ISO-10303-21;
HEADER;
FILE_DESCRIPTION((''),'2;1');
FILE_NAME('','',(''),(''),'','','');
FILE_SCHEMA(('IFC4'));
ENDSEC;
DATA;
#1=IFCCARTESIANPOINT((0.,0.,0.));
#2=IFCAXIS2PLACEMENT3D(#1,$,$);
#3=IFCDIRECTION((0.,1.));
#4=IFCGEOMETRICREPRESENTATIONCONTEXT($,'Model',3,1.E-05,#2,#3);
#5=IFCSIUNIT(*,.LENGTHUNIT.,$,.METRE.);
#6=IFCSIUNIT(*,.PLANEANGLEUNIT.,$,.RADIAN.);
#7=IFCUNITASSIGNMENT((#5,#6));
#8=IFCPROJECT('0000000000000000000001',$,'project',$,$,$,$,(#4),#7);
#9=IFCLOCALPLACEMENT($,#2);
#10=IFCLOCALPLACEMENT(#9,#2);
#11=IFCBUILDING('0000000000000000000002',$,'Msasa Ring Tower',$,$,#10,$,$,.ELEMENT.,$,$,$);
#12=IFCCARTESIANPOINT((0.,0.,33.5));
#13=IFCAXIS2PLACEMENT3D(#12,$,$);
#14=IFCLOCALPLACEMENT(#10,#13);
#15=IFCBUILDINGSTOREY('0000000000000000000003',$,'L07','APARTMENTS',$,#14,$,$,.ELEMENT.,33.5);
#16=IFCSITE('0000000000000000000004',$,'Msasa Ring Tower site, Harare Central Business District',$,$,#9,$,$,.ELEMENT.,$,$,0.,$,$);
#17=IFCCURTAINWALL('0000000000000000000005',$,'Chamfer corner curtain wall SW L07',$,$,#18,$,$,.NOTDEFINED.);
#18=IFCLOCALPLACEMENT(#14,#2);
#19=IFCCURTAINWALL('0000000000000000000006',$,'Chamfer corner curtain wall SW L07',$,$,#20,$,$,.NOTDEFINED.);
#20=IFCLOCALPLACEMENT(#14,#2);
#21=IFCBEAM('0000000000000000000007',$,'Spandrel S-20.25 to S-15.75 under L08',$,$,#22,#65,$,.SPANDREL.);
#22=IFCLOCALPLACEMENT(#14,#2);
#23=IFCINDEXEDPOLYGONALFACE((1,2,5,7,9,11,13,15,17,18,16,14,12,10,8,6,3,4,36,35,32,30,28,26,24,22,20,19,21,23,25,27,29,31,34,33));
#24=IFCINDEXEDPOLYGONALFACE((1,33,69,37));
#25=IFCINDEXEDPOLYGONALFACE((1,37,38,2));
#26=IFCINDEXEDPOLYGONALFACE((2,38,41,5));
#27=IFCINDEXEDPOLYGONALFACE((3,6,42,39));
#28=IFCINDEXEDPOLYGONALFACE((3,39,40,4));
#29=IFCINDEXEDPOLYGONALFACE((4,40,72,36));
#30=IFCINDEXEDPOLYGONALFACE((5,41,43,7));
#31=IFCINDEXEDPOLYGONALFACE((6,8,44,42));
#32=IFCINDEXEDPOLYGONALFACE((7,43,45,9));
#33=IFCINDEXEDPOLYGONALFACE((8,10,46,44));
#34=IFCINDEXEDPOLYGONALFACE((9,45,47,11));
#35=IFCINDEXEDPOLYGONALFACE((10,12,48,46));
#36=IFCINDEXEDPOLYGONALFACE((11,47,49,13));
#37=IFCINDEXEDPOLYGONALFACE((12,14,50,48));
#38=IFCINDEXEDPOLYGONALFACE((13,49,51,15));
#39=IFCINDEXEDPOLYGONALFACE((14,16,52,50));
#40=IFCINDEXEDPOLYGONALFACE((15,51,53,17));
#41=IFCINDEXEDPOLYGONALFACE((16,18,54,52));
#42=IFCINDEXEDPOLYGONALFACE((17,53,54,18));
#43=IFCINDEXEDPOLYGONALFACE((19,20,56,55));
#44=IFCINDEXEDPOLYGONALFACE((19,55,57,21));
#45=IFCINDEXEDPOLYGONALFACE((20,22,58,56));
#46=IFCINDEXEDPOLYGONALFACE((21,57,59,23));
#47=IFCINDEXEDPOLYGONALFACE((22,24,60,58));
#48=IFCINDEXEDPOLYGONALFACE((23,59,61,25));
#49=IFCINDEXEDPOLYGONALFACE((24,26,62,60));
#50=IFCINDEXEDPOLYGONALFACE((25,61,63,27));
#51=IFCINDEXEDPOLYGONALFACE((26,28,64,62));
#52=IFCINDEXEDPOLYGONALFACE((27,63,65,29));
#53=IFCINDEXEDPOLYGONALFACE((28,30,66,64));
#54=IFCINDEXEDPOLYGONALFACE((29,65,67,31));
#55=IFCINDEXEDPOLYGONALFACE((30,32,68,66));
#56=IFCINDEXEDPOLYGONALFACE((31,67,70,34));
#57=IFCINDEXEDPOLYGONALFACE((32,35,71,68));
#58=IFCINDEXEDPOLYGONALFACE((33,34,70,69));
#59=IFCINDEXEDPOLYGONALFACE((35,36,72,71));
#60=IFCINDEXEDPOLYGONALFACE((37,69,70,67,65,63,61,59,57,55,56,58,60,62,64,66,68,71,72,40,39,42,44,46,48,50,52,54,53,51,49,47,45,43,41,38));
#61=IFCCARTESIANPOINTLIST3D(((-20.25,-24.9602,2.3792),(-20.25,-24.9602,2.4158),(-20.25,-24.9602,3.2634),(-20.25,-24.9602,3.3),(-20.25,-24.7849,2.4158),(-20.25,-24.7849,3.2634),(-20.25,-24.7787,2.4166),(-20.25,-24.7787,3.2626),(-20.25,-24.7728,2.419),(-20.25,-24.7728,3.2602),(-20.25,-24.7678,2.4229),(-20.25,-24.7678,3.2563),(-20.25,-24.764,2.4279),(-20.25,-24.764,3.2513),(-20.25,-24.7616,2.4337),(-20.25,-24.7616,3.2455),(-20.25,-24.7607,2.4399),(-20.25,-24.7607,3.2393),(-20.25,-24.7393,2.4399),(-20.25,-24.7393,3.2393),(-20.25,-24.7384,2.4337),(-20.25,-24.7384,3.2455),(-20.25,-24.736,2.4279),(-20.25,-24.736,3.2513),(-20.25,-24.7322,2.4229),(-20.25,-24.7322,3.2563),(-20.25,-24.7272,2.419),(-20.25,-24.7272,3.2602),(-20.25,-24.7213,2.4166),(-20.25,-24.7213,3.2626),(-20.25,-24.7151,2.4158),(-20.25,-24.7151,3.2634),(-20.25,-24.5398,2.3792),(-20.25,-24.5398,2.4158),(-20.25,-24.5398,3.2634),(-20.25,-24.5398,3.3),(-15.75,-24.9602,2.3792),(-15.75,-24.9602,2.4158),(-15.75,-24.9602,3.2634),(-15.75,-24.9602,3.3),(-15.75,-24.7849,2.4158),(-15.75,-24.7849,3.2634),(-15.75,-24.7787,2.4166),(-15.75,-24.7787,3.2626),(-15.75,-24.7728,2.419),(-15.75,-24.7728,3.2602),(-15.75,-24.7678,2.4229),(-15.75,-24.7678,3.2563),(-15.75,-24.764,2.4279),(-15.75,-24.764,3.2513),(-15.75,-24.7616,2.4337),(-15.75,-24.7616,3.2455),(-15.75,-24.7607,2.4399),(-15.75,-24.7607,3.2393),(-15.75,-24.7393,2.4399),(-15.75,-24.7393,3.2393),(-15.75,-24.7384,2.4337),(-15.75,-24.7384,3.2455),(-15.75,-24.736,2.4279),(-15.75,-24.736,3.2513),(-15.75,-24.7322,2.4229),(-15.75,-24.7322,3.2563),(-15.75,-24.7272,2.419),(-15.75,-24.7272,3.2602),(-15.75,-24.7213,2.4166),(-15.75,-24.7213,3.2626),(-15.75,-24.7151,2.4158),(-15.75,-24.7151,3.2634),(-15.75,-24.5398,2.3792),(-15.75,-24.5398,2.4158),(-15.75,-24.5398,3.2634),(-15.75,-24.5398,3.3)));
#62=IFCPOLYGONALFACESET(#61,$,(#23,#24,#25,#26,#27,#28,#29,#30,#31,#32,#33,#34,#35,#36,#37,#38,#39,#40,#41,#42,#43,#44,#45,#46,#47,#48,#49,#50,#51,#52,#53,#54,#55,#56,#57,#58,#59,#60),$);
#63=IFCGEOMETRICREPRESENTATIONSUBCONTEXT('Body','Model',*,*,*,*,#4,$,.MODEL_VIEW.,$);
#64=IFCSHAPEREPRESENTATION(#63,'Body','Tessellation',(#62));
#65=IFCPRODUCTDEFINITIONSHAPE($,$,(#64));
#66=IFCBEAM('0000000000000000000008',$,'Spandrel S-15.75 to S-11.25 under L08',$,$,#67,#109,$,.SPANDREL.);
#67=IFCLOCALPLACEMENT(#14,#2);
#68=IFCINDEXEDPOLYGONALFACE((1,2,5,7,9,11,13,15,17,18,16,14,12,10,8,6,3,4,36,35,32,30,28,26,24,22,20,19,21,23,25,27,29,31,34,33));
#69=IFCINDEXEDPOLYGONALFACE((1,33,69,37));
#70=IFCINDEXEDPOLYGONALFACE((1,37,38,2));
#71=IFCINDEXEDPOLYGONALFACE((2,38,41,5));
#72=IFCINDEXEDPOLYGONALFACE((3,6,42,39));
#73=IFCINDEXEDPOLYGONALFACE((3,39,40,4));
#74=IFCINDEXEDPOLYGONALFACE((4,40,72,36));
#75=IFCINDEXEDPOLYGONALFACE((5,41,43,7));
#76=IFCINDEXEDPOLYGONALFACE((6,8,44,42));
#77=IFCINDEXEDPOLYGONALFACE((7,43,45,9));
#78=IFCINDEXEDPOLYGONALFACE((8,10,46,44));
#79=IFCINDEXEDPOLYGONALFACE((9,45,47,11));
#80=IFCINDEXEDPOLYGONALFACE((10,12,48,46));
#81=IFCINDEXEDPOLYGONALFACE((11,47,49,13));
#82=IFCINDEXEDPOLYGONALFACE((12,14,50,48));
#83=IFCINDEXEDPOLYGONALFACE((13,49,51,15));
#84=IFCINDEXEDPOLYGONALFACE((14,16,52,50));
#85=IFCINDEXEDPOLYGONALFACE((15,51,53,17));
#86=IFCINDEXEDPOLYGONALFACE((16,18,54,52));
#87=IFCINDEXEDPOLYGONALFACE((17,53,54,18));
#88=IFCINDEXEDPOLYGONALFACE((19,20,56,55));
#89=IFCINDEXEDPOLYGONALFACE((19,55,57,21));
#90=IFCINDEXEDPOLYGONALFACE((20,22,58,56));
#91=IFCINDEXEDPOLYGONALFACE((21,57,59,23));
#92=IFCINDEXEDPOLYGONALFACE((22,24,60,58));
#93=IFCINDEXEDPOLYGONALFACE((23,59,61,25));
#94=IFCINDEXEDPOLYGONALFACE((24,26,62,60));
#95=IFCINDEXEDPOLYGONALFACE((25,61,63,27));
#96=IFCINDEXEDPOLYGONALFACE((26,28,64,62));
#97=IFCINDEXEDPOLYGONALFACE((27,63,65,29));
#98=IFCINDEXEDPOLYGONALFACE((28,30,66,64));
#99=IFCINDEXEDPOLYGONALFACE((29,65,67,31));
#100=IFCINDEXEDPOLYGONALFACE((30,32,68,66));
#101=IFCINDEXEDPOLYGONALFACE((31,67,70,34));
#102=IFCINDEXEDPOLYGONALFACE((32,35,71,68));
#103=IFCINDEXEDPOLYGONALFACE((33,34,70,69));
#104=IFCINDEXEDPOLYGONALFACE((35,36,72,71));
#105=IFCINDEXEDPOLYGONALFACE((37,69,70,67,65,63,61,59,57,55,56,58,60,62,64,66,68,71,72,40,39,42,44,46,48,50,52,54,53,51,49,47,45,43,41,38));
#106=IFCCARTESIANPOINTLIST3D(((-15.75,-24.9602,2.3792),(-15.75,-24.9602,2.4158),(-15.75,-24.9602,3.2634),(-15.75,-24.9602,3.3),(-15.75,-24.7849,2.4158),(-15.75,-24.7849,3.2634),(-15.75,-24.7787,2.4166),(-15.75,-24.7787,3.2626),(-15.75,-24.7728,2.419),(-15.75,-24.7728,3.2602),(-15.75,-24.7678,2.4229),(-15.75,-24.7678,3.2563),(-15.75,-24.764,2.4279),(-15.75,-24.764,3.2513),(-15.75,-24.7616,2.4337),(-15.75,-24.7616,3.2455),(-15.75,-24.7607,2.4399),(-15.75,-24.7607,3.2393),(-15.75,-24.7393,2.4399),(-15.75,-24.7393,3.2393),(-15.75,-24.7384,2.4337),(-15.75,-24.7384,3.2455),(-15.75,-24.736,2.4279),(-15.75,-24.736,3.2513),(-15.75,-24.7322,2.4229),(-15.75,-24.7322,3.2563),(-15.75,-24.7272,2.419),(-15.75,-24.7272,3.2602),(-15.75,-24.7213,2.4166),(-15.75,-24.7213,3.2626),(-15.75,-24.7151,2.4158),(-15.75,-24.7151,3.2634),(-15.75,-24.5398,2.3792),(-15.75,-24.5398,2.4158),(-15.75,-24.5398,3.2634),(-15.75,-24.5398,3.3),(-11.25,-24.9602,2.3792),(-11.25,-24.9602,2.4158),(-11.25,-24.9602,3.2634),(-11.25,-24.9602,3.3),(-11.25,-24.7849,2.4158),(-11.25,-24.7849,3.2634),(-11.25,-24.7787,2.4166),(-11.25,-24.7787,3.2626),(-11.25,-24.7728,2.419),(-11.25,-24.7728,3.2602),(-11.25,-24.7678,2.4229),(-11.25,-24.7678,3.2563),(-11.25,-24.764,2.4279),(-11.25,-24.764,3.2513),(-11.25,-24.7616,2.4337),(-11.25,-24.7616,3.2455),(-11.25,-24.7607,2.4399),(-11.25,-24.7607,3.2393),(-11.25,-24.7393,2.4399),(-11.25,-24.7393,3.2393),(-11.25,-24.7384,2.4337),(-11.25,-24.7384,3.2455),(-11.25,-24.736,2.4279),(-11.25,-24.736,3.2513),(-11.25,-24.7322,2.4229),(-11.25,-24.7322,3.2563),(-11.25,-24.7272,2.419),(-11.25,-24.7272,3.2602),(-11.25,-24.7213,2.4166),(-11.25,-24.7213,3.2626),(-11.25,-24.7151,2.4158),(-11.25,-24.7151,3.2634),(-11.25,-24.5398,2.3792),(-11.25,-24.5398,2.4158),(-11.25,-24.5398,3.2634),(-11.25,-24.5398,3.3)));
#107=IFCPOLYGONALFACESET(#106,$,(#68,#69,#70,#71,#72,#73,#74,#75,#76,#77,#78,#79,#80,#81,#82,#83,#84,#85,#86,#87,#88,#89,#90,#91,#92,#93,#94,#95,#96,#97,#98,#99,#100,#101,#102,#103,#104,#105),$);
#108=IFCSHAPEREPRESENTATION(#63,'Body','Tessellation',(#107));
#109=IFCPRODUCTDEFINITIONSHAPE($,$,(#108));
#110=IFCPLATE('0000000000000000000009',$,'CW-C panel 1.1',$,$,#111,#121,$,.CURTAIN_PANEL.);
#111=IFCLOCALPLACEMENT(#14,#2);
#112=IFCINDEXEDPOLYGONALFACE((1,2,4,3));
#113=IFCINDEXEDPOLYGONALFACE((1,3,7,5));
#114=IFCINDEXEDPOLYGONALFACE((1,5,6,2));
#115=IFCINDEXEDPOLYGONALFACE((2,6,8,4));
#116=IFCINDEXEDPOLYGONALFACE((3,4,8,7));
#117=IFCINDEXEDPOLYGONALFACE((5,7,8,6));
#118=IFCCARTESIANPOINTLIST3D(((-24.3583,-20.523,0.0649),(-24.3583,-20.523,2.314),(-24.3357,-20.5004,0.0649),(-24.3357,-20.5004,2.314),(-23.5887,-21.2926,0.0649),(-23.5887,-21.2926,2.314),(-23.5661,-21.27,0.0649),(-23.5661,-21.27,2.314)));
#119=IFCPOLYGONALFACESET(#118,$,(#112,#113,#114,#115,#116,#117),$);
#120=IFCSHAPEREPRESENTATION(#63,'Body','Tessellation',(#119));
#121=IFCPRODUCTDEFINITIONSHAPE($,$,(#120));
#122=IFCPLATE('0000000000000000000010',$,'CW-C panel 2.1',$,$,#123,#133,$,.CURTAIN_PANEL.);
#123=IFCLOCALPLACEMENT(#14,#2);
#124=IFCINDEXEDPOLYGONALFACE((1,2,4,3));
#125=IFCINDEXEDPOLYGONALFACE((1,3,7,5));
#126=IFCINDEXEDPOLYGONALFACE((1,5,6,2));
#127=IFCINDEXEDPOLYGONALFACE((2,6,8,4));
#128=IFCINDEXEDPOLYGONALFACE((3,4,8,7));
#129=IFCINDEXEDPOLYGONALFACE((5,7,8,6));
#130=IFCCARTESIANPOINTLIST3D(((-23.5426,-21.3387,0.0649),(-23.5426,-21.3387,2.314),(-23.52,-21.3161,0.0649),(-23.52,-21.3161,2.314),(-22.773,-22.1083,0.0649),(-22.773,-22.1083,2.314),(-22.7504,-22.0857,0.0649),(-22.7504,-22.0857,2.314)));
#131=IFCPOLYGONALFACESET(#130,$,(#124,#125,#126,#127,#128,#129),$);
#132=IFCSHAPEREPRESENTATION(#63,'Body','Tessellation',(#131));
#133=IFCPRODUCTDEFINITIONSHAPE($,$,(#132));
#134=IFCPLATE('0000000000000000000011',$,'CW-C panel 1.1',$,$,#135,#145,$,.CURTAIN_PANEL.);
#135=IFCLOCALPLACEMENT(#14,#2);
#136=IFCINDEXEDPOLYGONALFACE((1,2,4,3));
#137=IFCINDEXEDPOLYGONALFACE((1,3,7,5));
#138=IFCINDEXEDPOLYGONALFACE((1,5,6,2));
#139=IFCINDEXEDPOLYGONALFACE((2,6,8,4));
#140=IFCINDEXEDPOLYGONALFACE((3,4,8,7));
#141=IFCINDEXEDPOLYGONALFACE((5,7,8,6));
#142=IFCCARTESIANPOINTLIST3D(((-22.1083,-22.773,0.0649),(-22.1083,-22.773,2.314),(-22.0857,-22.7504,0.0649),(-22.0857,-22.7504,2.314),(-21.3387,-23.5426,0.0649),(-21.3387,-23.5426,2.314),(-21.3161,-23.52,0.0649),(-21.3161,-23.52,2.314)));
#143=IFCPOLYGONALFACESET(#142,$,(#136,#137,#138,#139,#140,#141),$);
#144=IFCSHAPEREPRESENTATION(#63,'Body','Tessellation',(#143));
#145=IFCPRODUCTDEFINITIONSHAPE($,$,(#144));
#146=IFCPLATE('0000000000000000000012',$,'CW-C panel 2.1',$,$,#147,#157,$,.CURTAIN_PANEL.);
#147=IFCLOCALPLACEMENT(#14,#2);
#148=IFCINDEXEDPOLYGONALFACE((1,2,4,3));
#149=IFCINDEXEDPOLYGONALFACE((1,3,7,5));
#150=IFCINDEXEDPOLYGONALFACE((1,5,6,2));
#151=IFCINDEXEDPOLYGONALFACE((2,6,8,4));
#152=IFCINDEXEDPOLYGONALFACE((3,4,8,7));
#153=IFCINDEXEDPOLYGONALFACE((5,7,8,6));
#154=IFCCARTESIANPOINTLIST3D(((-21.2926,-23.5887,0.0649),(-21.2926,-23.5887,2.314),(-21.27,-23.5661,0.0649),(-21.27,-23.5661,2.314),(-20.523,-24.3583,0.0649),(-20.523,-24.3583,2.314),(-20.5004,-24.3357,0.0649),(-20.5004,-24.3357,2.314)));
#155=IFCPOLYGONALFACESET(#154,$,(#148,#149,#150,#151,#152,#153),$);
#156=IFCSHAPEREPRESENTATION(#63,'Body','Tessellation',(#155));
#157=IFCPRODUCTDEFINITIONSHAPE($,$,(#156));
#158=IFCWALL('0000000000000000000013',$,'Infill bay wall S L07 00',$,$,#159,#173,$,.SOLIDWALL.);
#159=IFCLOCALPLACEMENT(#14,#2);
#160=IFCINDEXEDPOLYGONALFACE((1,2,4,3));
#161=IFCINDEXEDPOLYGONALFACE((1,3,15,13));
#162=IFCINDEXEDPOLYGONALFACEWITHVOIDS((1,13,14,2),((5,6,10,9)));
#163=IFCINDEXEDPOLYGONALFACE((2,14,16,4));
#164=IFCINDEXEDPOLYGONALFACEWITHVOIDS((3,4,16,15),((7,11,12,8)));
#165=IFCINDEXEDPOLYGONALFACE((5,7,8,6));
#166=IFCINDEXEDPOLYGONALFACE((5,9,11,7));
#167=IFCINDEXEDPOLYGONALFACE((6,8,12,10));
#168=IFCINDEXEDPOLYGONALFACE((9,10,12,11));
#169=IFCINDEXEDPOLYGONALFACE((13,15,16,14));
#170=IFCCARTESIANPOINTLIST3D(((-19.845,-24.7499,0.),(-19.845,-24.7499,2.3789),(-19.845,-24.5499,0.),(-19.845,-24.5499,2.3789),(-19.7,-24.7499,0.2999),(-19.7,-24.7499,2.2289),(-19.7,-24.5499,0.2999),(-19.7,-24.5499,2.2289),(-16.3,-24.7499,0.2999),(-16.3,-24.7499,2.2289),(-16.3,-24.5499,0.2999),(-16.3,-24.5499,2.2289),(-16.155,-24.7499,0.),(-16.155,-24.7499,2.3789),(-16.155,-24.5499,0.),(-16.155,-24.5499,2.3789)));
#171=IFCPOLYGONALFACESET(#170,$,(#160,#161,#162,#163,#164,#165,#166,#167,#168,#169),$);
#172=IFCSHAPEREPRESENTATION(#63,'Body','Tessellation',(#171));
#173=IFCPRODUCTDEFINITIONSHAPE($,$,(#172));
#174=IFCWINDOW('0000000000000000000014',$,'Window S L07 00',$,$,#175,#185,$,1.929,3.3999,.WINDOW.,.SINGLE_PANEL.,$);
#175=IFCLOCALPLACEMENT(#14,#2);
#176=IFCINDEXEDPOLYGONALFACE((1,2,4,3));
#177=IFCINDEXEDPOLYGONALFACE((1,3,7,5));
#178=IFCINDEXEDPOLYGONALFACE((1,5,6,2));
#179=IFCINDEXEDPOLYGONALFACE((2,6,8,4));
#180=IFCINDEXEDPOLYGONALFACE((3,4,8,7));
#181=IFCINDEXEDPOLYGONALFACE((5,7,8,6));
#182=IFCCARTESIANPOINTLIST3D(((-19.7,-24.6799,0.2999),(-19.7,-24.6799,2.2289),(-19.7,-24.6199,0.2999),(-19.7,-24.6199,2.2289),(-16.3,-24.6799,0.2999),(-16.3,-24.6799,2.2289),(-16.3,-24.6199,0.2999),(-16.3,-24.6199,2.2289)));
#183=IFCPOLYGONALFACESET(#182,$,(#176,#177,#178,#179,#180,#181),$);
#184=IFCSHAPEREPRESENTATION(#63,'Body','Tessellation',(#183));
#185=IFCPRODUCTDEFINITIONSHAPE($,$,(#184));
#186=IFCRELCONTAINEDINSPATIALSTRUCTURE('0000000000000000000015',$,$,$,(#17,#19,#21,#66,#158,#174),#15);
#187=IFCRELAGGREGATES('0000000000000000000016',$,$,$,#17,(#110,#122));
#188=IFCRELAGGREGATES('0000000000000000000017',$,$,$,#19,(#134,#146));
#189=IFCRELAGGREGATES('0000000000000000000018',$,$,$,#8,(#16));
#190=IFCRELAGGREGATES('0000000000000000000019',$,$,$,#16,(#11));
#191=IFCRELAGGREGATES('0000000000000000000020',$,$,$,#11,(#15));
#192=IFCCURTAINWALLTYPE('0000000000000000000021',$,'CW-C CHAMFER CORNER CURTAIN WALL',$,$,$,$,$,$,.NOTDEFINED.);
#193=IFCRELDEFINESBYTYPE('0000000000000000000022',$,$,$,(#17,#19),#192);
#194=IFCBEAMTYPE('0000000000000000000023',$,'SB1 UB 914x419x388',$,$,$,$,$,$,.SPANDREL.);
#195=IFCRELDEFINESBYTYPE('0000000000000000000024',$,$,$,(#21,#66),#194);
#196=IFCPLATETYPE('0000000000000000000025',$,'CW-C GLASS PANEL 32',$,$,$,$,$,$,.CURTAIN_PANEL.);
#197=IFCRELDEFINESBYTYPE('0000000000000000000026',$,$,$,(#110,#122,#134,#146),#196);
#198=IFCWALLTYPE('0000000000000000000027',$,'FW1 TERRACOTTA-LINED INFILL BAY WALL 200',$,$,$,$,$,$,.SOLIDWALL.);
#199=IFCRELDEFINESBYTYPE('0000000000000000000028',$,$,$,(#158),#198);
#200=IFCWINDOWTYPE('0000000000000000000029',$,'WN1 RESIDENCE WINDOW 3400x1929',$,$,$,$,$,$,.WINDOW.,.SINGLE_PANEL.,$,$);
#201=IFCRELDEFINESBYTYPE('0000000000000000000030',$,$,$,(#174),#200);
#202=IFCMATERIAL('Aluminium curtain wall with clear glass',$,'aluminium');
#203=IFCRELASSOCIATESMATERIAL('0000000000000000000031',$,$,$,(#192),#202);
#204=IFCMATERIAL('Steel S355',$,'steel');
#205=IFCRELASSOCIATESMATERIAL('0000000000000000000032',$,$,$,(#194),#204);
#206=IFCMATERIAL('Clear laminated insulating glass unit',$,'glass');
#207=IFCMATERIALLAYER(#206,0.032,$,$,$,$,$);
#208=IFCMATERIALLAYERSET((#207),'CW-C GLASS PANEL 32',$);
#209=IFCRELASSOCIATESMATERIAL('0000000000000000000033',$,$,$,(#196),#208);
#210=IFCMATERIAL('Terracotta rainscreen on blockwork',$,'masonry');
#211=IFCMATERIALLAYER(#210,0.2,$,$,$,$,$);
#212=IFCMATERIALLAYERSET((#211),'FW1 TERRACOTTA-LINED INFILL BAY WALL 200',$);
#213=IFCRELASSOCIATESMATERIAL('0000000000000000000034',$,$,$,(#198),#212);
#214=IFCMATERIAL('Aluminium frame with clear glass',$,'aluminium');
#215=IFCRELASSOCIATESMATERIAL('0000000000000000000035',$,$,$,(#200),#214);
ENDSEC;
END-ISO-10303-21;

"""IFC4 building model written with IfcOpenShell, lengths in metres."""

from ifc_helpers import new_model, si_unit, direction, frame, frame_2d, origin, origin_2d, place, context, subcontext, project, spatial, rectangle, i_section, extrude, material, layer, layer_set, material_profile, profile_set, type_object, element, fill, aggregate, save


model = new_model("IFC4")

# Units and contexts
model_context = context("Model", 3, precision=1e-05, world=origin(), true_north=direction((0.0, 1.0)))
body_context = subcontext(model_context, "Body", "Model", "MODEL_VIEW")
ifc_project = project(units=[si_unit("LENGTHUNIT", "METRE"), si_unit("PLANEANGLEUNIT", "RADIAN")], contexts=[model_context])

# Site, building, storey
site_placement = place(None, origin())
site = spatial("IfcSite", under=ifc_project, at=site_placement, Name="Msasa Ring Tower site, Harare Central Business District", CompositionType="ELEMENT", RefElevation=0.0)
building_placement = place(site_placement, origin())
building = spatial("IfcBuilding", under=site, at=building_placement, Name="Msasa Ring Tower", CompositionType="ELEMENT")
storey_placement = place(building_placement, frame((0.0, 0.0, 33.5)))
storey = spatial("IfcBuildingStorey", under=building, at=storey_placement, Name="L07", Description="APARTMENTS", CompositionType="ELEMENT", Elevation=33.5)

# Curtain walls
ifc_material_1 = material(Name="Aluminium curtain wall with clear glass", Category="aluminium")
curtain_wall_type = type_object("IfcCurtainWallType", Name="CW-C CHAMFER CORNER CURTAIN WALL", PredefinedType="NOTDEFINED", material=ifc_material_1)
curtain_wall_1_placement = place(storey_placement, origin())
curtain_wall_1 = element("IfcCurtainWall", 1, at=curtain_wall_1_placement, inside=storey, type_object=curtain_wall_type, Name="Chamfer corner curtain wall SW L07", PredefinedType="NOTDEFINED")
curtain_wall_2_placement = place(storey_placement, origin())
curtain_wall_2 = element("IfcCurtainWall", 2, at=curtain_wall_2_placement, inside=storey, type_object=curtain_wall_type, Name="Chamfer corner curtain wall SW L07", PredefinedType="NOTDEFINED")

# Beams
ifc_material_2 = material(Name="Steel S355", Category="steel")
ifc_material_profile_1 = material_profile(ifc_material_2, i_section(OverallWidth=0.4204, OverallDepth=0.9209, WebThickness=0.0215, FlangeThickness=0.0366, FilletRadius=0.0242, at=origin_2d()), Name="UB 914x419x388")
ifc_profile_set_1 = profile_set([ifc_material_profile_1], Name="Steel S355")
beam_type_1 = type_object("IfcBeamType", Name="SB1 UB 914x419x388", PredefinedType="SPANDREL", material=ifc_profile_set_1)
for number, where, z_axis, x_axis, name in (
    (3, (-20.25, -24.75, 2.8396), (1.0, 0.0, 0.0), (0.0, 1.0, 0.0), "Spandrel S-20.25 to S-15.75 under L08"),
    (4, (-15.75, -24.75, 2.8396), (1.0, 0.0, 0.0), (0.0, 1.0, 0.0), "Spandrel S-15.75 to S-11.25 under L08"),
):
    element("IfcBeam", number, at=place(storey_placement, frame(where, z_axis=z_axis, x_axis=x_axis)), inside=storey, type_object=beam_type_1, Name=name, PredefinedType="SPANDREL", context=body_context, shape_type="SweptSolid", body=[
        extrude(i_section(OverallWidth=0.4204, OverallDepth=0.9209, WebThickness=0.0215, FlangeThickness=0.0366, FilletRadius=0.0242, at=origin_2d()), origin(), (0.0, 0.0, 1.0), 4.5),
    ])

# Plates
ifc_material_3 = material(Name="Clear laminated insulating glass unit", Category="glass")
ifc_layer_1 = layer(ifc_material_3, 0.032)
ifc_layer_set_1 = layer_set([ifc_layer_1], Name="CW-C GLASS PANEL 32")
plate_type = type_object("IfcPlateType", Name="CW-C GLASS PANEL 32", PredefinedType="CURTAIN_PANEL", material=ifc_layer_set_1)
plate_1_placement = place(storey_placement, frame((-23.9622, -20.8965, 0.0649), z_axis=(0.0, 0.0, 1.0), x_axis=(0.707107, -0.707107, 0.0)))
plate_1 = element("IfcPlate", 5, at=plate_1_placement, type_object=plate_type, Name="CW-C panel 1.1", PredefinedType="CURTAIN_PANEL", context=body_context, shape_type="SweptSolid", body=[
    extrude(rectangle(XDim=1.0884, YDim=0.032, at=origin_2d()), origin(), (0.0, 0.0, 1.0), 2.249),
])
plate_2_placement = place(storey_placement, frame((-23.1465, -21.7122, 0.0649), z_axis=(0.0, 0.0, 1.0), x_axis=(0.707107, -0.707107, 0.0)))
plate_2 = element("IfcPlate", 6, at=plate_2_placement, type_object=plate_type, Name="CW-C panel 2.1", PredefinedType="CURTAIN_PANEL", context=body_context, shape_type="SweptSolid", body=[
    extrude(rectangle(XDim=1.0884, YDim=0.032, at=origin_2d()), origin(), (0.0, 0.0, 1.0), 2.249),
])
aggregate(curtain_wall_1, [plate_1, plate_2])
plate_3_placement = place(storey_placement, frame((-21.7122, -23.1465, 0.0649), z_axis=(0.0, 0.0, 1.0), x_axis=(0.707107, -0.707107, 0.0)))
plate_3 = element("IfcPlate", 7, at=plate_3_placement, type_object=plate_type, Name="CW-C panel 1.1", PredefinedType="CURTAIN_PANEL", context=body_context, shape_type="SweptSolid", body=[
    extrude(rectangle(XDim=1.0884, YDim=0.032, at=origin_2d()), origin(), (0.0, 0.0, 1.0), 2.249),
])
plate_4_placement = place(storey_placement, frame((-20.8965, -23.9622, 0.0649), z_axis=(0.0, 0.0, 1.0), x_axis=(0.707107, -0.707107, 0.0)))
plate_4 = element("IfcPlate", 8, at=plate_4_placement, type_object=plate_type, Name="CW-C panel 2.1", PredefinedType="CURTAIN_PANEL", context=body_context, shape_type="SweptSolid", body=[
    extrude(rectangle(XDim=1.0884, YDim=0.032, at=origin_2d()), origin(), (0.0, 0.0, 1.0), 2.249),
])
aggregate(curtain_wall_2, [plate_3, plate_4])

# Wall, opening, window
ifc_material_4 = material(Name="Terracotta rainscreen on blockwork", Category="masonry")
ifc_layer_2 = layer(ifc_material_4, 0.2)
ifc_layer_set_2 = layer_set([ifc_layer_2], Name="FW1 TERRACOTTA-LINED INFILL BAY WALL 200")
wall_type_1 = type_object("IfcWallType", Name="FW1 TERRACOTTA-LINED INFILL BAY WALL 200", PredefinedType="SOLIDWALL", material=ifc_layer_set_2)
wall_1_placement = place(storey_placement, frame((-19.845, -24.6499, 0.0), z_axis=(0.0, 0.0, 1.0), x_axis=(1.0, 0.0, 0.0)))
wall_1 = element("IfcWall", 9, at=wall_1_placement, inside=storey, type_object=wall_type_1, Name="Infill bay wall S L07 00", PredefinedType="SOLIDWALL", context=body_context, shape_type="SweptSolid", body=[
    extrude(rectangle(XDim=3.6899, YDim=0.2, at=frame_2d((1.845, 0.0))), origin(), (0.0, 0.0, 1.0), 2.3789),
])
opening_1_placement = place(wall_1_placement, frame((0.145, 0.0, 0.3)))
opening_1 = element("IfcOpeningElement", 10, at=opening_1_placement, cuts=wall_1, PredefinedType="OPENING", context=body_context, shape_type="SweptSolid", body=[
    extrude(rectangle(XDim=3.3999, YDim=1.929, at=frame_2d((1.7, 0.9644))), frame((0.0, 0.1099, 0.0), z_axis=(0.0, -1.0, 0.0), x_axis=(1.0, 0.0, 0.0)), (0.0, 0.0, 1.0), 0.22),
])
ifc_material_5 = material(Name="Aluminium frame with clear glass", Category="aluminium")
window_type = type_object("IfcWindowType", Name="WN1 RESIDENCE WINDOW 3400x1929", PartitioningType="SINGLE_PANEL", PredefinedType="WINDOW", material=ifc_material_5)
window_1_placement = place(opening_1_placement, origin())
window_1 = element("IfcWindow", 11, at=window_1_placement, inside=storey, type_object=window_type, Name="Window S L07 00", OverallHeight=1.929, OverallWidth=3.3999, PartitioningType="SINGLE_PANEL", PredefinedType="WINDOW", context=body_context, shape_type="SweptSolid", body=[
    extrude(rectangle(XDim=3.3999, YDim=1.929, at=frame_2d((1.7, 0.9644))), frame((0.0, 0.03, 0.0), z_axis=(0.0, -1.0, 0.0), x_axis=(1.0, 0.0, 0.0)), (0.0, 0.0, 1.0), 0.0601),
])
fill(opening_1, window_1)

save(model, "model.ifc")
